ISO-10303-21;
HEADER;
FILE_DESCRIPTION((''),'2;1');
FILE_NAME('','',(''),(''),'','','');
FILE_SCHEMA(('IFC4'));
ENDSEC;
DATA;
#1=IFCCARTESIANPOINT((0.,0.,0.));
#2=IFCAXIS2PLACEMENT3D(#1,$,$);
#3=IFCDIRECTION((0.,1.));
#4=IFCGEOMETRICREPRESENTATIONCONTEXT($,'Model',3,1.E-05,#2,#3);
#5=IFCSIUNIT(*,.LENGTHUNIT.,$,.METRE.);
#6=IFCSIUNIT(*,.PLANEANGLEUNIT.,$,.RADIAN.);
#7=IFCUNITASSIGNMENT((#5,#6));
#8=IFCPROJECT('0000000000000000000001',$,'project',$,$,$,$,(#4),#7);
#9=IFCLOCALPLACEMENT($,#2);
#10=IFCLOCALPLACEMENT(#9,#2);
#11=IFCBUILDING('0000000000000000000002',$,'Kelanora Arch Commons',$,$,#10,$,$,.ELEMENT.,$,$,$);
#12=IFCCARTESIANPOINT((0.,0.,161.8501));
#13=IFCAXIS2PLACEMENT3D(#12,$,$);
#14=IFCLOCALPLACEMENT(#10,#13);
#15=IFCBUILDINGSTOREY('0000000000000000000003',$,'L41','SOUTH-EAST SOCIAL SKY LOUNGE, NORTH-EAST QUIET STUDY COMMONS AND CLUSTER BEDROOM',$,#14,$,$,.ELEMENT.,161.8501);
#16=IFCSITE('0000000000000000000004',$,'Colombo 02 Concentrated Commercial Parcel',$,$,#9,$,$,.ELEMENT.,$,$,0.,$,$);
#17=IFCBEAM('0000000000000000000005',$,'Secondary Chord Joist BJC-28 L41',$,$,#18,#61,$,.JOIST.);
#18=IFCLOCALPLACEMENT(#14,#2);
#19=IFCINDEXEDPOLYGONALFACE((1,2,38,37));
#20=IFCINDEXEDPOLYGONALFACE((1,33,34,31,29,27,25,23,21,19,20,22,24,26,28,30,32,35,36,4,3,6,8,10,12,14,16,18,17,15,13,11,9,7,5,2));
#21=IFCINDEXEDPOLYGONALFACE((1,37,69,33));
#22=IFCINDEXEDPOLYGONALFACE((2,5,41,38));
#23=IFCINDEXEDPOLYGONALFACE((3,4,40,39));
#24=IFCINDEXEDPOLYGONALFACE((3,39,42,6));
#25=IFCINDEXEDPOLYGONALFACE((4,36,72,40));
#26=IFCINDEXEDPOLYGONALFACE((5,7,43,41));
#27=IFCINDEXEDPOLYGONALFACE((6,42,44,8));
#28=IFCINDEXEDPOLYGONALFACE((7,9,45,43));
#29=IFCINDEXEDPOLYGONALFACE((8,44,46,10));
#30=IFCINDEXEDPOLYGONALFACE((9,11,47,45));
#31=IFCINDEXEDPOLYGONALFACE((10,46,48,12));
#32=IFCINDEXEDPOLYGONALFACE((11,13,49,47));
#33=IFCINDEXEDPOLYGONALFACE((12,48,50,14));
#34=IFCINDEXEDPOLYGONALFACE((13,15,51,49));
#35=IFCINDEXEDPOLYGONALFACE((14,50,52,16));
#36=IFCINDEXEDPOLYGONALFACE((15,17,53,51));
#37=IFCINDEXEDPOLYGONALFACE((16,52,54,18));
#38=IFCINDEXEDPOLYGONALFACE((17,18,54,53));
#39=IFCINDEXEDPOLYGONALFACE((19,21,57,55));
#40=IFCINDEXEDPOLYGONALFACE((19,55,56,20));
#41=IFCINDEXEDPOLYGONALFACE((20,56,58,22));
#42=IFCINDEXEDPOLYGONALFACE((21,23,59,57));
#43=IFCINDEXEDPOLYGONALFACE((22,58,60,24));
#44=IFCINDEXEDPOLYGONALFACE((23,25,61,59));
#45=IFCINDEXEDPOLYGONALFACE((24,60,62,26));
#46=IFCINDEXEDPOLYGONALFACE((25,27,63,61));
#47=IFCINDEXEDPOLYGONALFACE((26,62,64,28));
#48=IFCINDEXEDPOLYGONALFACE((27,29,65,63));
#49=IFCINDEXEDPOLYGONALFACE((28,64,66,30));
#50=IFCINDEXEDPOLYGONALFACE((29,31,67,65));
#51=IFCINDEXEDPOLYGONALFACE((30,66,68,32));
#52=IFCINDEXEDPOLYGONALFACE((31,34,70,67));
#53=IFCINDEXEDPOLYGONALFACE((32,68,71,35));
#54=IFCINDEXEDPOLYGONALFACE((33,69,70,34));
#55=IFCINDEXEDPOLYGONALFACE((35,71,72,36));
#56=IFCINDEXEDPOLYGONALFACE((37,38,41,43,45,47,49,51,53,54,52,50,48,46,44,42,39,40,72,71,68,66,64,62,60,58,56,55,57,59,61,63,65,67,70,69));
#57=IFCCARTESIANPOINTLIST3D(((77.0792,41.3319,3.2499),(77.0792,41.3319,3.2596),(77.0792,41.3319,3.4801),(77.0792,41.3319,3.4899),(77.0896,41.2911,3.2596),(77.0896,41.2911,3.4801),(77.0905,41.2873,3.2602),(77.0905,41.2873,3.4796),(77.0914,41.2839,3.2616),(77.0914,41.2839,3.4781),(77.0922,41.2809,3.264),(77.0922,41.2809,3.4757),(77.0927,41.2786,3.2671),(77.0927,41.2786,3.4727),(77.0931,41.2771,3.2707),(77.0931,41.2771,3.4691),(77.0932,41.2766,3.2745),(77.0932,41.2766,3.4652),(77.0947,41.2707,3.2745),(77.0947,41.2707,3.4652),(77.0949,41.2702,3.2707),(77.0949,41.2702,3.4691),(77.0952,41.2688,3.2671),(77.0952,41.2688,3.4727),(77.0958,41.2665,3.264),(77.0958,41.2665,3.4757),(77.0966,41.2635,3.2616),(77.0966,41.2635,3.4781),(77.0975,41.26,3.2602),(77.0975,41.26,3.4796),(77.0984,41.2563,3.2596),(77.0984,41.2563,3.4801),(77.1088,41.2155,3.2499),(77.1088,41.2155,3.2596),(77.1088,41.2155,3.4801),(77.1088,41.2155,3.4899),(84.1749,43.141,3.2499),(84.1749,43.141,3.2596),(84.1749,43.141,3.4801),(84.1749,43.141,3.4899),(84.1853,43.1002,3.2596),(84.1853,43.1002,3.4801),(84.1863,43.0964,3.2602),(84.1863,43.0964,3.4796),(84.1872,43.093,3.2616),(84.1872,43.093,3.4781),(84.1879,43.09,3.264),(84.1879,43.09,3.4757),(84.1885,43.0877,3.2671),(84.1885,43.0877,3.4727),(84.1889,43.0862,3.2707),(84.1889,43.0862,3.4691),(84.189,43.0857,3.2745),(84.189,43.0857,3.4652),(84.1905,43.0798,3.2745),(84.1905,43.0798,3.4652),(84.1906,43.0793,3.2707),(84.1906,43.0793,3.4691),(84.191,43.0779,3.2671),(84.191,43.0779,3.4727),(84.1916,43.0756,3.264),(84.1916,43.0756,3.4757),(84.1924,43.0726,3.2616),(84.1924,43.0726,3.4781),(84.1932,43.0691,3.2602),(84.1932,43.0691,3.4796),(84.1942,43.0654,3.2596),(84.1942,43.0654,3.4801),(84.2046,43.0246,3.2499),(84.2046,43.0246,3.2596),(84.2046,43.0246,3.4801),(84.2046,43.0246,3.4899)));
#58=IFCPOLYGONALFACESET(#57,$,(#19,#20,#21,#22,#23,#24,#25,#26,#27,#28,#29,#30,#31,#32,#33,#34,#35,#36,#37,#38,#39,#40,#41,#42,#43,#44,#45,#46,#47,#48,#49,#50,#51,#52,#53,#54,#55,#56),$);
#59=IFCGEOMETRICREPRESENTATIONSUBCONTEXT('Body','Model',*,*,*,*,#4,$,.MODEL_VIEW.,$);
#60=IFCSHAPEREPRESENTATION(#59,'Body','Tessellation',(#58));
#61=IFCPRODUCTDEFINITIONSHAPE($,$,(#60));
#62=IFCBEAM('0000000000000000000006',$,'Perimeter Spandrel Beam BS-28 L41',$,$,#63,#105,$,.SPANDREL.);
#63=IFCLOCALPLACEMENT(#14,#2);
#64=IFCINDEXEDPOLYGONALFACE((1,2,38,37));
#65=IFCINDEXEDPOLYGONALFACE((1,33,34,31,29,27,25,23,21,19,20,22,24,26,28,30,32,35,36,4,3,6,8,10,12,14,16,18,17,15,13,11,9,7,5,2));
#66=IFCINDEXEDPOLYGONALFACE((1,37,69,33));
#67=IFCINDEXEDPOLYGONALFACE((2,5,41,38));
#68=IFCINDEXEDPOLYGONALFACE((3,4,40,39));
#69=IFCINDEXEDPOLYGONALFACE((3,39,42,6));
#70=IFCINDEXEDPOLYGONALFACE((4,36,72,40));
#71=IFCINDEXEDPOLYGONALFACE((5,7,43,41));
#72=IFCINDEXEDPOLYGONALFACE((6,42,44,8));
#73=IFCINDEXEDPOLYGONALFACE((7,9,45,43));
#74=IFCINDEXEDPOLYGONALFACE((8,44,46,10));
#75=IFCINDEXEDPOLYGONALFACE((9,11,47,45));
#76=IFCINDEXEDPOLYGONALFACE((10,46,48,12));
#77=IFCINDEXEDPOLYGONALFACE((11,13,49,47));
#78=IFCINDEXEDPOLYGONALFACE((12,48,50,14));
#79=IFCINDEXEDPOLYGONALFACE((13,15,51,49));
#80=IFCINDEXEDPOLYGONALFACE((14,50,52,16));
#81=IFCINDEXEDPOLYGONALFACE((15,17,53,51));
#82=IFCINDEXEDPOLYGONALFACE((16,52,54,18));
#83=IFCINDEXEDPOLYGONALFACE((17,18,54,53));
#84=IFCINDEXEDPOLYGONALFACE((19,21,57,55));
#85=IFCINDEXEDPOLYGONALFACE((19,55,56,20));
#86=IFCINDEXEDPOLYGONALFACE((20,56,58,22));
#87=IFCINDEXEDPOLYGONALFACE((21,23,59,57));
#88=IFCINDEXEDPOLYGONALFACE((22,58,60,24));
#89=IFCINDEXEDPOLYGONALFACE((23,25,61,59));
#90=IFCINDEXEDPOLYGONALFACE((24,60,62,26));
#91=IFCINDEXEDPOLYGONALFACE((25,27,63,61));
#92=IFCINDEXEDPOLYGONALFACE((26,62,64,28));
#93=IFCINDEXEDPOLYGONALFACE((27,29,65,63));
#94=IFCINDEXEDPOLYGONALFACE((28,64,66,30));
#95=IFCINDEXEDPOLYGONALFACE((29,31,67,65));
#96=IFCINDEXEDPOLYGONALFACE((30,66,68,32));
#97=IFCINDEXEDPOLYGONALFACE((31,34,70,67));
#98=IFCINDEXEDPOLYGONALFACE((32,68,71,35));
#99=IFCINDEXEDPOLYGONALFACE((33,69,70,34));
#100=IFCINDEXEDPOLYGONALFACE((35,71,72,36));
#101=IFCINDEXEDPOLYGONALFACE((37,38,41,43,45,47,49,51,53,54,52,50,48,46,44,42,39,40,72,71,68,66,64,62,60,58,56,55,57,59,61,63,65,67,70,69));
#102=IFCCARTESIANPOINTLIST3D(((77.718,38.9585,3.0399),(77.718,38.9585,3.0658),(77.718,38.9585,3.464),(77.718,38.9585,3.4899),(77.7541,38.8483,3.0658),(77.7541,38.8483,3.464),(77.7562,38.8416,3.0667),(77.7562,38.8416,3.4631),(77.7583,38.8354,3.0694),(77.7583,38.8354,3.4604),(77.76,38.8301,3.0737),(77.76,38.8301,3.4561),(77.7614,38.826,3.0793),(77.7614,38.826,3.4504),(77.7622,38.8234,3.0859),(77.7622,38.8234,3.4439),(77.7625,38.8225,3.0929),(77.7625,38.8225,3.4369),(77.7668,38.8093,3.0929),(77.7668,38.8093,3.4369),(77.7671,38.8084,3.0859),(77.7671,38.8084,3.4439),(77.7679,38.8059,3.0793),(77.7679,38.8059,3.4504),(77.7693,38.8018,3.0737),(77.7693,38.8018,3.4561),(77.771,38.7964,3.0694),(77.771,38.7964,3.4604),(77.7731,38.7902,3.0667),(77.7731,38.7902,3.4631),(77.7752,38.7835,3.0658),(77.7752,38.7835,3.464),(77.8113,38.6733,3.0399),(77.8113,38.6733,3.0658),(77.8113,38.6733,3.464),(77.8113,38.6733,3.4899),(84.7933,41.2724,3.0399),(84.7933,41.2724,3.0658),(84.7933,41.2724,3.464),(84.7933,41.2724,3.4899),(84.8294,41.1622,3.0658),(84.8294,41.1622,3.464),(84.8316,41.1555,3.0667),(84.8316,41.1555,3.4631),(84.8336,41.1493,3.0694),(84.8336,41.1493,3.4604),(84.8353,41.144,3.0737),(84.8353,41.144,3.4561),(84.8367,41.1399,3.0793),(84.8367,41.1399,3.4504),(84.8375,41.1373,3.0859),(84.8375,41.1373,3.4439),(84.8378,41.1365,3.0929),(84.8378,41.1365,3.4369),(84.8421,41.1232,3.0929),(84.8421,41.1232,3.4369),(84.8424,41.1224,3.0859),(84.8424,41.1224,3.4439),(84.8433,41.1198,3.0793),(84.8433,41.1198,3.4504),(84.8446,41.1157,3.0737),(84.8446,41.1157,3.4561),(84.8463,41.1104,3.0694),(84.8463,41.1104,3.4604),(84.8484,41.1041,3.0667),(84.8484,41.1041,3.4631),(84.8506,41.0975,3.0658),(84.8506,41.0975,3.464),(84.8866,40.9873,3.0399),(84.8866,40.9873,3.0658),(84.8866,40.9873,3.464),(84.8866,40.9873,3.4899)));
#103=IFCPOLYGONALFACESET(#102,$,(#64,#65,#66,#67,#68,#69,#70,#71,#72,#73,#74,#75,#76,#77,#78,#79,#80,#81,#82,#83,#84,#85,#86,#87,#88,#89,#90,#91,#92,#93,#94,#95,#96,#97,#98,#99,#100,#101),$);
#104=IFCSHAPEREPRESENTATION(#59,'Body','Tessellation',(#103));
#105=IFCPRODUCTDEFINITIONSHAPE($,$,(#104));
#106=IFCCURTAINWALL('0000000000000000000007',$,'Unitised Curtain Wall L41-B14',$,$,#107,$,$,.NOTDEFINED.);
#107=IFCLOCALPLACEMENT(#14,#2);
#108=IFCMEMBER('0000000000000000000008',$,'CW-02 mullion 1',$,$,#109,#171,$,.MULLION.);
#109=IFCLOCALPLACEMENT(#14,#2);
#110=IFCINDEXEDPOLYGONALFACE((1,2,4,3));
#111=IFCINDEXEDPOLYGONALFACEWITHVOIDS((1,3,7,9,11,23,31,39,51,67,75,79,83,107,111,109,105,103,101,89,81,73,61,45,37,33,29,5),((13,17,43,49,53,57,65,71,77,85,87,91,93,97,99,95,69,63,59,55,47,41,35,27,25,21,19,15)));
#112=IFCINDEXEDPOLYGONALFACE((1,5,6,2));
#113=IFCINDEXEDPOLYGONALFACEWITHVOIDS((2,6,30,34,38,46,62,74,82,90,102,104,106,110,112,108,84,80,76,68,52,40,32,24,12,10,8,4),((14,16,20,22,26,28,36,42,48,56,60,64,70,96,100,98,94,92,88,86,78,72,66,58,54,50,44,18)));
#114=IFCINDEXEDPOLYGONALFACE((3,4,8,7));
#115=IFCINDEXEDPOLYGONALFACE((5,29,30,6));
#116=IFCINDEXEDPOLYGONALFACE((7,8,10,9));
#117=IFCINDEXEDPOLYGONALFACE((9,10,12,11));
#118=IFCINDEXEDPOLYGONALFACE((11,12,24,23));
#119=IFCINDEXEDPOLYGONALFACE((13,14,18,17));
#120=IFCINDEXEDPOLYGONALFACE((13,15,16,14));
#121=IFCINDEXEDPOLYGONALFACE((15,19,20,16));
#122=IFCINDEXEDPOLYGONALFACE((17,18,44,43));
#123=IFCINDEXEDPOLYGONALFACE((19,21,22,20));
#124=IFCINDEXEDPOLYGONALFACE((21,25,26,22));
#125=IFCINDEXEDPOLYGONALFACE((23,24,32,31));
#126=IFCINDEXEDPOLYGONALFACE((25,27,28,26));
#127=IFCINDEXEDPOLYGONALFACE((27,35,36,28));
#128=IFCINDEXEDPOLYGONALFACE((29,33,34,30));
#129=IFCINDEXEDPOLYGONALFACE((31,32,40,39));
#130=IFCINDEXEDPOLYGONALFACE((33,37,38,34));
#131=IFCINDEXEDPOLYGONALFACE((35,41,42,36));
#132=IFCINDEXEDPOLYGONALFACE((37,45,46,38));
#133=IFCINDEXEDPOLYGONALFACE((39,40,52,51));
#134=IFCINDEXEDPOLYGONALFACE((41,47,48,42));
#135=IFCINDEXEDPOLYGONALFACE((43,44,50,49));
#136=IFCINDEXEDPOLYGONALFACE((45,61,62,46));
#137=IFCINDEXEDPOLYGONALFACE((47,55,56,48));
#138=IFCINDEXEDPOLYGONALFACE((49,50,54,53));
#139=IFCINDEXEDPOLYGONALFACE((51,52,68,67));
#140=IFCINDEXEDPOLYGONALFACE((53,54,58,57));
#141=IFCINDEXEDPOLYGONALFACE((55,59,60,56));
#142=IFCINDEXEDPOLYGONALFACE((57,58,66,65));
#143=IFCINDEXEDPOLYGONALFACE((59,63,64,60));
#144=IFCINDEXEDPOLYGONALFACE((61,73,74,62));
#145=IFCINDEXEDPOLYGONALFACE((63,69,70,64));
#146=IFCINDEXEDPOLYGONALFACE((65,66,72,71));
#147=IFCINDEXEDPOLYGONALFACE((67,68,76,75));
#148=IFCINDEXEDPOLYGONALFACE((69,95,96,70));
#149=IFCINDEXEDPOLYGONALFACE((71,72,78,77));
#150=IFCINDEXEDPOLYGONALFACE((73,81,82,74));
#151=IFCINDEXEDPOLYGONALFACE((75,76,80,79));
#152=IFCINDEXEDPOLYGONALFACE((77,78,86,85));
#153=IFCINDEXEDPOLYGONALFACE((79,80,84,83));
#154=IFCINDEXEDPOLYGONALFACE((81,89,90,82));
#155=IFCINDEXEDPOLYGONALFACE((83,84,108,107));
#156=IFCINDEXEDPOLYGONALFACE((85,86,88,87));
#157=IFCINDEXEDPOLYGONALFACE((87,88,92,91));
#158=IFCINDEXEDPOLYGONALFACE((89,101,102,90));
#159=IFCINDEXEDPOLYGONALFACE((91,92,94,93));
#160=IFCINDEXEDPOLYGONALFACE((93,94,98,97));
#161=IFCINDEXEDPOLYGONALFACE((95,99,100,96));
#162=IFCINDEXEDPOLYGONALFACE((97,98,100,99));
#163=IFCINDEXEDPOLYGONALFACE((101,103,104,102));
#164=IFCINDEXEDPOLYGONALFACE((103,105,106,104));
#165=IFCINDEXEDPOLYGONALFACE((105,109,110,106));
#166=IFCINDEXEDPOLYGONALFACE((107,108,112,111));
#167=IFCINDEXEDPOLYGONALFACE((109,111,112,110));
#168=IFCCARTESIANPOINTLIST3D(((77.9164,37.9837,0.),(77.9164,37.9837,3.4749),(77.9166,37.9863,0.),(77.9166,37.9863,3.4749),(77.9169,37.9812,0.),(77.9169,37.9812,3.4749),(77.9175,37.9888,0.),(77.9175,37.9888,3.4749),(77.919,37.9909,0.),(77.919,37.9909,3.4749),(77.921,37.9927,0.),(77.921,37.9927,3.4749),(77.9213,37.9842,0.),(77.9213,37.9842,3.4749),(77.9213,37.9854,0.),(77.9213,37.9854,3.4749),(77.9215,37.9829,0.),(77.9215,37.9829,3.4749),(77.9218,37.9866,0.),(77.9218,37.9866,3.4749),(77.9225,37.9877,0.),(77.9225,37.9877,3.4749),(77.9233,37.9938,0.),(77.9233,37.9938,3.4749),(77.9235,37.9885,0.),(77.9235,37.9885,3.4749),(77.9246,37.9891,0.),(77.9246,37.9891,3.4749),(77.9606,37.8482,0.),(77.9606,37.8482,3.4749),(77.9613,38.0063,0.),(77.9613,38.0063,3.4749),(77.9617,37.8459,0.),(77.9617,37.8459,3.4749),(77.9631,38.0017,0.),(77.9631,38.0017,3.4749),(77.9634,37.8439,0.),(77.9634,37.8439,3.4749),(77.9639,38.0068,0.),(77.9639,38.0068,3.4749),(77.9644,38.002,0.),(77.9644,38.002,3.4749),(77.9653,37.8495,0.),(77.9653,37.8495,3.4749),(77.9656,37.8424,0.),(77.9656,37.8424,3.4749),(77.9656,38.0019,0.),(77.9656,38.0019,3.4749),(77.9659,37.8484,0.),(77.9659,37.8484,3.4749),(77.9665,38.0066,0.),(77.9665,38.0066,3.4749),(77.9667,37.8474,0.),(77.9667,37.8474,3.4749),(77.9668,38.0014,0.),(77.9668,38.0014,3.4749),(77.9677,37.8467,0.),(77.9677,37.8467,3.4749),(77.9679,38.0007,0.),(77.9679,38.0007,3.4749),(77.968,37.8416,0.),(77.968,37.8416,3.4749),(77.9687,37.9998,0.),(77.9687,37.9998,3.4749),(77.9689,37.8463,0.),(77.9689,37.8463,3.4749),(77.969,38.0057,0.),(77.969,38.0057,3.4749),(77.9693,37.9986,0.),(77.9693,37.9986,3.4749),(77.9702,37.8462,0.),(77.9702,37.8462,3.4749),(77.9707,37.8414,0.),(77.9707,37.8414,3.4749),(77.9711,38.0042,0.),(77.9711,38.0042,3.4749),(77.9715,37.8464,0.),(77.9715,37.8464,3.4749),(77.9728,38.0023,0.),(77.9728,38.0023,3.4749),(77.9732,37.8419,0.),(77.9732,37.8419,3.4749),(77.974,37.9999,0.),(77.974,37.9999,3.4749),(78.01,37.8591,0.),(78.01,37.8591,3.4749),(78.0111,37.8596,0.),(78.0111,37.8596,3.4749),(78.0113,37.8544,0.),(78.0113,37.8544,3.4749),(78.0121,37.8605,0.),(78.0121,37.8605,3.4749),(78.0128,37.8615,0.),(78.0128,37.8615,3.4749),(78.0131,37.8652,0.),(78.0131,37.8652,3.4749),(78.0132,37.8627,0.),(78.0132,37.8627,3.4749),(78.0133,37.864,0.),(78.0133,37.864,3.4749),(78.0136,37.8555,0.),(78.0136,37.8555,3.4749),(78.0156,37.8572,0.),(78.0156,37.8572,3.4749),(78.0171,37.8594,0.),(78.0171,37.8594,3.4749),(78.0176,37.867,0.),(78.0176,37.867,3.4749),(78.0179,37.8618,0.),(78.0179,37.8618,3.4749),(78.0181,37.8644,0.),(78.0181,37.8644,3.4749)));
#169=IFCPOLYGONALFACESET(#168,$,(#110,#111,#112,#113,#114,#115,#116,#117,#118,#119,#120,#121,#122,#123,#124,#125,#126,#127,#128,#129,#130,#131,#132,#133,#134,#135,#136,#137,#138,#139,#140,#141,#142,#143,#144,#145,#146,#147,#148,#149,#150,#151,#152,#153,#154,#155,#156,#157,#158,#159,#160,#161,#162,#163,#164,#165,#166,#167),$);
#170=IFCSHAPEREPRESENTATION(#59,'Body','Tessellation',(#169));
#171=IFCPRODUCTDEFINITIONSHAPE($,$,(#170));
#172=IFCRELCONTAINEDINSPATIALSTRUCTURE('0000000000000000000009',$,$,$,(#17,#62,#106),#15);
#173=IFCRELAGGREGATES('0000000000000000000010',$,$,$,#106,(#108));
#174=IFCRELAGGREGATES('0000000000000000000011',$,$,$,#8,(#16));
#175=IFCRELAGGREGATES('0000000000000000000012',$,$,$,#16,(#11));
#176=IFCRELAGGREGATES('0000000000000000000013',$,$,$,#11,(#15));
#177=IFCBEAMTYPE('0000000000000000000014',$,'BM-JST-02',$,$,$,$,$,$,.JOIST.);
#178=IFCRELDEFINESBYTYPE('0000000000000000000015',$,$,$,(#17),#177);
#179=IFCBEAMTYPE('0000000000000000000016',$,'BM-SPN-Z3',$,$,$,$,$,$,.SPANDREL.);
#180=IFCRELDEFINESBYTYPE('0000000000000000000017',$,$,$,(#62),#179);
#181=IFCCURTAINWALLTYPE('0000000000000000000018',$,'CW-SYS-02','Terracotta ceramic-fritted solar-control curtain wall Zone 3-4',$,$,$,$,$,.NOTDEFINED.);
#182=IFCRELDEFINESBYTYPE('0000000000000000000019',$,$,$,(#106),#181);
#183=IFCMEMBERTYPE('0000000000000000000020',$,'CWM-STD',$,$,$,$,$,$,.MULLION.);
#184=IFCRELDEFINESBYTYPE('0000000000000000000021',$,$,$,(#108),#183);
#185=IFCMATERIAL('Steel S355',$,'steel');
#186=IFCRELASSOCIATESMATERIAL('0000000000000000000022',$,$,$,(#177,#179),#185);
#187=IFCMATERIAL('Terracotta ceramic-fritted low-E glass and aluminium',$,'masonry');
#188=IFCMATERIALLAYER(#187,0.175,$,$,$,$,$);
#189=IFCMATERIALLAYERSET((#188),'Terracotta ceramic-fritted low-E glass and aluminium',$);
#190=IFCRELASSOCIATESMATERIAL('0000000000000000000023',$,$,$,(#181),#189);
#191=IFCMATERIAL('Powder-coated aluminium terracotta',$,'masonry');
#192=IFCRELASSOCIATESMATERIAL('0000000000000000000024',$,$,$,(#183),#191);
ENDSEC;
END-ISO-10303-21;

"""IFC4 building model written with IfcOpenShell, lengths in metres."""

from ifc_helpers import new_model, si_unit, direction, frame, origin, origin_2d, place, context, subcontext, project, spatial, hollow_rectangle, i_section, extrude, material, layer, layer_set, material_profile, profile_set, type_object, element, aggregate, save


model = new_model("IFC4")

# Units and contexts
model_context = context("Model", 3, precision=1e-05, world=origin(), true_north=direction((0.0, 1.0)))
body_context = subcontext(model_context, "Body", "Model", "MODEL_VIEW")
ifc_project = project(units=[si_unit("LENGTHUNIT", "METRE"), si_unit("PLANEANGLEUNIT", "RADIAN")], contexts=[model_context])

# Site, building, storey
site_placement = place(None, origin())
site = spatial("IfcSite", under=ifc_project, at=site_placement, Name="Colombo 02 Concentrated Commercial Parcel", CompositionType="ELEMENT", RefElevation=0.0)
building_placement = place(site_placement, origin())
building = spatial("IfcBuilding", under=site, at=building_placement, Name="Kelanora Arch Commons", CompositionType="ELEMENT")
storey_placement = place(building_placement, frame((0.0, 0.0, 161.8501)))
storey = spatial("IfcBuildingStorey", under=building, at=storey_placement, Name="L41", Description="SOUTH-EAST SOCIAL SKY LOUNGE, NORTH-EAST QUIET STUDY COMMONS AND CLUSTER BEDROOM", CompositionType="ELEMENT", Elevation=161.8501)

# Beams
ifc_material_1 = material(Name="Steel S355", Category="steel")
ifc_material_profile_1 = material_profile(ifc_material_1, i_section(OverallWidth=0.1201, OverallDepth=0.24, WebThickness=0.0061, FlangeThickness=0.0098, FilletRadius=0.0149, at=origin_2d()), Name="IPE240")
ifc_profile_set_1 = profile_set([ifc_material_profile_1], Name="Steel S355")
beam_type_1 = type_object("IfcBeamType", Name="BM-JST-02", PredefinedType="JOIST", material=ifc_profile_set_1)
beam_1_placement = place(storey_placement, frame((77.094, 41.2737, 3.3699), z_axis=(0.969002, 0.247052, 0.0), x_axis=(-0.247052, 0.969002, 0.0)))
element("IfcBeam", 1, at=beam_1_placement, inside=storey, type_object=beam_type_1, Name="Secondary Chord Joist BJC-28 L41", PredefinedType="JOIST", context=body_context, shape_type="SweptSolid", body=[
    extrude(i_section(OverallWidth=0.1201, OverallDepth=0.24, WebThickness=0.0061, FlangeThickness=0.0098, FilletRadius=0.0149, at=origin_2d()), origin(), (0.0, 0.0, 1.0), 7.3228),
])
ifc_material_profile_2 = material_profile(ifc_material_1, i_section(OverallWidth=0.3, OverallDepth=0.45, WebThickness=0.0139, FlangeThickness=0.0259, FilletRadius=0.0271, at=origin_2d()), Name="HEB450")
ifc_profile_set_2 = profile_set([ifc_material_profile_2], Name="Steel S355")
beam_type_2 = type_object("IfcBeamType", Name="BM-SPN-Z3", PredefinedType="SPANDREL", material=ifc_profile_set_2)
beam_2_placement = place(storey_placement, frame((77.7646, 38.8159, 3.2649), z_axis=(0.950462, 0.310841, 0.0), x_axis=(-0.310841, 0.950462, 0.0)))
element("IfcBeam", 2, at=beam_2_placement, inside=storey, type_object=beam_type_2, Name="Perimeter Spandrel Beam BS-28 L41", PredefinedType="SPANDREL", context=body_context, shape_type="SweptSolid", body=[
    extrude(i_section(OverallWidth=0.3, OverallDepth=0.45, WebThickness=0.0139, FlangeThickness=0.0259, FilletRadius=0.0271, at=origin_2d()), origin(), (0.0, 0.0, 1.0), 7.4441),
])

# Curtain wall, member
ifc_material_2 = material(Name="Terracotta ceramic-fritted low-E glass and aluminium", Category="masonry")
ifc_layer_1 = layer(ifc_material_2, 0.175)
ifc_layer_set_1 = layer_set([ifc_layer_1], Name="Terracotta ceramic-fritted low-E glass and aluminium")
curtain_wall_type = type_object("IfcCurtainWallType", Name="CW-SYS-02", Description="Terracotta ceramic-fritted solar-control curtain wall Zone 3-4", PredefinedType="NOTDEFINED", material=ifc_layer_set_1)
curtain_wall_placement = place(storey_placement, origin())
curtain_wall = element("IfcCurtainWall", 3, at=curtain_wall_placement, inside=storey, type_object=curtain_wall_type, Name="Unitised Curtain Wall L41-B14", PredefinedType="NOTDEFINED")
ifc_material_3 = material(Name="Powder-coated aluminium terracotta", Category="masonry")
ifc_material_profile_3 = material_profile(ifc_material_3, hollow_rectangle(XDim=0.1599, YDim=0.0601, WallThickness=0.0049, InnerFilletRadius=0.0049, OuterFilletRadius=0.01, at=origin_2d()), Name="CWM160x60")
ifc_profile_set_3 = profile_set([ifc_material_profile_3], Name="Powder-coated aluminium terracotta")
member_type_1 = type_object("IfcMemberType", Name="CWM-STD", PredefinedType="MULLION", material=ifc_profile_set_3)
member_1_placement = place(storey_placement, frame((77.9673, 37.9241, 0.0), z_axis=(0.0, 0.0, 1.0), x_axis=(-0.312128, 0.95004, 0.0)))
member_1 = element("IfcMember", 4, at=member_1_placement, type_object=member_type_1, Name="CW-02 mullion 1", PredefinedType="MULLION", context=body_context, shape_type="SweptSolid", body=[
    extrude(hollow_rectangle(XDim=0.1599, YDim=0.0601, WallThickness=0.0049, InnerFilletRadius=0.0049, OuterFilletRadius=0.01, at=origin_2d()), origin(), (0.0, 0.0, 1.0), 3.4749),
])
aggregate(curtain_wall, [member_1])

save(model, "model.ifc")
